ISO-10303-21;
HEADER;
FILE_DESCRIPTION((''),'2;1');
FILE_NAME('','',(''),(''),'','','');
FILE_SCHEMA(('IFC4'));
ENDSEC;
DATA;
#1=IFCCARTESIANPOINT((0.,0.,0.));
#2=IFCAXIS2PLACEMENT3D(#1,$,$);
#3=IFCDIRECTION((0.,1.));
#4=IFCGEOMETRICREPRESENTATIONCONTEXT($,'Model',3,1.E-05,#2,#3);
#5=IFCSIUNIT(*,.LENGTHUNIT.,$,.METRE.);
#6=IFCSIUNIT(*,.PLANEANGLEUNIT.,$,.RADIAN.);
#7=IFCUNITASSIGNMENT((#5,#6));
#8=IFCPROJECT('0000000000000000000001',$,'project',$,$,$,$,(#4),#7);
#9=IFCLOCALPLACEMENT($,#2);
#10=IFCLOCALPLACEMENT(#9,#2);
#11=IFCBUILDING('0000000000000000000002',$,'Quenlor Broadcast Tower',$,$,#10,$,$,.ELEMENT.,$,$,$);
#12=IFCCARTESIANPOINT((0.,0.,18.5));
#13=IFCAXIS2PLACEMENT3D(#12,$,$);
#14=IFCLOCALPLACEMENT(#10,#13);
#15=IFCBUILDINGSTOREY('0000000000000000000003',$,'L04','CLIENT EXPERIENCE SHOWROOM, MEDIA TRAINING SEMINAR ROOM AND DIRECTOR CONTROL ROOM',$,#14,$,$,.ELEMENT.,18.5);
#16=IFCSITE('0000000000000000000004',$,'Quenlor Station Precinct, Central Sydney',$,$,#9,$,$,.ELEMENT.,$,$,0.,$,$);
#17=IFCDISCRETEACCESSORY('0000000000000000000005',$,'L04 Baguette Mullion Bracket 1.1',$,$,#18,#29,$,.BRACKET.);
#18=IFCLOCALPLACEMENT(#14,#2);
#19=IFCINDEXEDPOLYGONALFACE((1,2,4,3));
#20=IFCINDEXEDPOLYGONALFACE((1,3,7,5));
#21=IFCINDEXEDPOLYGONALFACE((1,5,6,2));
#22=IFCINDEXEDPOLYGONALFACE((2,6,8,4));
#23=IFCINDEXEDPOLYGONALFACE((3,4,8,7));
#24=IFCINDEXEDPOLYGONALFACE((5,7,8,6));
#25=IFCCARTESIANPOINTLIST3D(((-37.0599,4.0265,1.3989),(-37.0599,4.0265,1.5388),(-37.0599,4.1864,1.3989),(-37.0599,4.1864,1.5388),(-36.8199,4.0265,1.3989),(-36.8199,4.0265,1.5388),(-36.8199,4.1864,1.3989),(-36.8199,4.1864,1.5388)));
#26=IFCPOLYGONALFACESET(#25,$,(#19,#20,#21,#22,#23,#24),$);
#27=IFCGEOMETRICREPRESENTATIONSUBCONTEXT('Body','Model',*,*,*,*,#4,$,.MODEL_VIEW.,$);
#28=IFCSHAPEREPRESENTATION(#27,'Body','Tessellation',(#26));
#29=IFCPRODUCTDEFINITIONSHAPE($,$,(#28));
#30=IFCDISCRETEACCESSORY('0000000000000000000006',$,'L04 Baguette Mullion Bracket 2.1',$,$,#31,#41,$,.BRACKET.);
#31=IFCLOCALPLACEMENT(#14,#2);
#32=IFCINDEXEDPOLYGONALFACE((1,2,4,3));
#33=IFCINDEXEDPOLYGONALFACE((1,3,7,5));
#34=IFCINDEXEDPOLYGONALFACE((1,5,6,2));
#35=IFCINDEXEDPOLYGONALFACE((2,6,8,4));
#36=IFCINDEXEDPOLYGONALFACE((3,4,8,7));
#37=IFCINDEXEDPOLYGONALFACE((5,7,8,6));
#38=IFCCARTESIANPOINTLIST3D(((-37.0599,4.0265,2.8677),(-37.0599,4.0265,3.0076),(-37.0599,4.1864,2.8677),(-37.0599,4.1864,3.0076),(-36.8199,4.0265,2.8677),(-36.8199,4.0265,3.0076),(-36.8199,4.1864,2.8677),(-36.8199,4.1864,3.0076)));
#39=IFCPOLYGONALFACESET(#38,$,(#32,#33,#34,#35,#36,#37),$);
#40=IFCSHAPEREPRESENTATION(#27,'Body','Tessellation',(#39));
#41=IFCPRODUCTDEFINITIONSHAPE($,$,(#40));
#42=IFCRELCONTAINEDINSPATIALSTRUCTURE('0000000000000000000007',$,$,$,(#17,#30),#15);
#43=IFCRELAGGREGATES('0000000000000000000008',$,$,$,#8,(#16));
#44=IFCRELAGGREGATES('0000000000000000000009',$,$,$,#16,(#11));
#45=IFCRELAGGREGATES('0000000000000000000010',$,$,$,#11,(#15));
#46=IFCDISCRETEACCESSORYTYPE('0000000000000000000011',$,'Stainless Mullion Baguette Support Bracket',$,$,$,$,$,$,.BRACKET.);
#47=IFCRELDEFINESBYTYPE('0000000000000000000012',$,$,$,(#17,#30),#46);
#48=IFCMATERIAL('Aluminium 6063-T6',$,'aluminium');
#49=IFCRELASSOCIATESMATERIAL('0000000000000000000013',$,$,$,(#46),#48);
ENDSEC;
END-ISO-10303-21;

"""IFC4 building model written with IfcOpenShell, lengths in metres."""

from ifc_helpers import new_model, si_unit, direction, frame, origin, origin_2d, place, context, subcontext, project, spatial, rectangle, extrude, material, type_object, element, save


model = new_model("IFC4")

# Units and contexts
model_context = context("Model", 3, precision=1e-05, world=origin(), true_north=direction((0.0, 1.0)))
body_context = subcontext(model_context, "Body", "Model", "MODEL_VIEW")
ifc_project = project(units=[si_unit("LENGTHUNIT", "METRE"), si_unit("PLANEANGLEUNIT", "RADIAN")], contexts=[model_context])

# Site, building, storey
site_placement = place(None, origin())
site = spatial("IfcSite", under=ifc_project, at=site_placement, Name="Quenlor Station Precinct, Central Sydney", CompositionType="ELEMENT", RefElevation=0.0)
building_placement = place(site_placement, origin())
building = spatial("IfcBuilding", under=site, at=building_placement, Name="Quenlor Broadcast Tower", CompositionType="ELEMENT")
storey_placement = place(building_placement, frame((0.0, 0.0, 18.5)))
storey = spatial("IfcBuildingStorey", under=building, at=storey_placement, Name="L04", Description="CLIENT EXPERIENCE SHOWROOM, MEDIA TRAINING SEMINAR ROOM AND DIRECTOR CONTROL ROOM", CompositionType="ELEMENT", Elevation=18.5)

# Discrete accessories
ifc_material_1 = material(Name="Aluminium 6063-T6", Category="aluminium")
discrete_accessory_type = type_object("IfcDiscreteAccessoryType", Name="Stainless Mullion Baguette Support Bracket", PredefinedType="BRACKET", material=ifc_material_1)
for number, where, z_axis, x_axis, name in (
    (1, (-36.9399, 4.1064, 1.3989), (0.0, 0.0, 1.0), (0.0, 1.0, 0.0), "L04 Baguette Mullion Bracket 1.1"),
    (2, (-36.9399, 4.1064, 2.8677), (0.0, 0.0, 1.0), (0.0, 1.0, 0.0), "L04 Baguette Mullion Bracket 2.1"),
):
    element("IfcDiscreteAccessory", number, at=place(storey_placement, frame(where, z_axis=z_axis, x_axis=x_axis)), inside=storey, type_object=discrete_accessory_type, Name=name, PredefinedType="BRACKET", context=body_context, shape_type="SweptSolid", body=[
        extrude(rectangle(XDim=0.1599, YDim=0.24, at=origin_2d()), origin(), (0.0, 0.0, 1.0), 0.1399),
    ])

save(model, "model.ifc")
